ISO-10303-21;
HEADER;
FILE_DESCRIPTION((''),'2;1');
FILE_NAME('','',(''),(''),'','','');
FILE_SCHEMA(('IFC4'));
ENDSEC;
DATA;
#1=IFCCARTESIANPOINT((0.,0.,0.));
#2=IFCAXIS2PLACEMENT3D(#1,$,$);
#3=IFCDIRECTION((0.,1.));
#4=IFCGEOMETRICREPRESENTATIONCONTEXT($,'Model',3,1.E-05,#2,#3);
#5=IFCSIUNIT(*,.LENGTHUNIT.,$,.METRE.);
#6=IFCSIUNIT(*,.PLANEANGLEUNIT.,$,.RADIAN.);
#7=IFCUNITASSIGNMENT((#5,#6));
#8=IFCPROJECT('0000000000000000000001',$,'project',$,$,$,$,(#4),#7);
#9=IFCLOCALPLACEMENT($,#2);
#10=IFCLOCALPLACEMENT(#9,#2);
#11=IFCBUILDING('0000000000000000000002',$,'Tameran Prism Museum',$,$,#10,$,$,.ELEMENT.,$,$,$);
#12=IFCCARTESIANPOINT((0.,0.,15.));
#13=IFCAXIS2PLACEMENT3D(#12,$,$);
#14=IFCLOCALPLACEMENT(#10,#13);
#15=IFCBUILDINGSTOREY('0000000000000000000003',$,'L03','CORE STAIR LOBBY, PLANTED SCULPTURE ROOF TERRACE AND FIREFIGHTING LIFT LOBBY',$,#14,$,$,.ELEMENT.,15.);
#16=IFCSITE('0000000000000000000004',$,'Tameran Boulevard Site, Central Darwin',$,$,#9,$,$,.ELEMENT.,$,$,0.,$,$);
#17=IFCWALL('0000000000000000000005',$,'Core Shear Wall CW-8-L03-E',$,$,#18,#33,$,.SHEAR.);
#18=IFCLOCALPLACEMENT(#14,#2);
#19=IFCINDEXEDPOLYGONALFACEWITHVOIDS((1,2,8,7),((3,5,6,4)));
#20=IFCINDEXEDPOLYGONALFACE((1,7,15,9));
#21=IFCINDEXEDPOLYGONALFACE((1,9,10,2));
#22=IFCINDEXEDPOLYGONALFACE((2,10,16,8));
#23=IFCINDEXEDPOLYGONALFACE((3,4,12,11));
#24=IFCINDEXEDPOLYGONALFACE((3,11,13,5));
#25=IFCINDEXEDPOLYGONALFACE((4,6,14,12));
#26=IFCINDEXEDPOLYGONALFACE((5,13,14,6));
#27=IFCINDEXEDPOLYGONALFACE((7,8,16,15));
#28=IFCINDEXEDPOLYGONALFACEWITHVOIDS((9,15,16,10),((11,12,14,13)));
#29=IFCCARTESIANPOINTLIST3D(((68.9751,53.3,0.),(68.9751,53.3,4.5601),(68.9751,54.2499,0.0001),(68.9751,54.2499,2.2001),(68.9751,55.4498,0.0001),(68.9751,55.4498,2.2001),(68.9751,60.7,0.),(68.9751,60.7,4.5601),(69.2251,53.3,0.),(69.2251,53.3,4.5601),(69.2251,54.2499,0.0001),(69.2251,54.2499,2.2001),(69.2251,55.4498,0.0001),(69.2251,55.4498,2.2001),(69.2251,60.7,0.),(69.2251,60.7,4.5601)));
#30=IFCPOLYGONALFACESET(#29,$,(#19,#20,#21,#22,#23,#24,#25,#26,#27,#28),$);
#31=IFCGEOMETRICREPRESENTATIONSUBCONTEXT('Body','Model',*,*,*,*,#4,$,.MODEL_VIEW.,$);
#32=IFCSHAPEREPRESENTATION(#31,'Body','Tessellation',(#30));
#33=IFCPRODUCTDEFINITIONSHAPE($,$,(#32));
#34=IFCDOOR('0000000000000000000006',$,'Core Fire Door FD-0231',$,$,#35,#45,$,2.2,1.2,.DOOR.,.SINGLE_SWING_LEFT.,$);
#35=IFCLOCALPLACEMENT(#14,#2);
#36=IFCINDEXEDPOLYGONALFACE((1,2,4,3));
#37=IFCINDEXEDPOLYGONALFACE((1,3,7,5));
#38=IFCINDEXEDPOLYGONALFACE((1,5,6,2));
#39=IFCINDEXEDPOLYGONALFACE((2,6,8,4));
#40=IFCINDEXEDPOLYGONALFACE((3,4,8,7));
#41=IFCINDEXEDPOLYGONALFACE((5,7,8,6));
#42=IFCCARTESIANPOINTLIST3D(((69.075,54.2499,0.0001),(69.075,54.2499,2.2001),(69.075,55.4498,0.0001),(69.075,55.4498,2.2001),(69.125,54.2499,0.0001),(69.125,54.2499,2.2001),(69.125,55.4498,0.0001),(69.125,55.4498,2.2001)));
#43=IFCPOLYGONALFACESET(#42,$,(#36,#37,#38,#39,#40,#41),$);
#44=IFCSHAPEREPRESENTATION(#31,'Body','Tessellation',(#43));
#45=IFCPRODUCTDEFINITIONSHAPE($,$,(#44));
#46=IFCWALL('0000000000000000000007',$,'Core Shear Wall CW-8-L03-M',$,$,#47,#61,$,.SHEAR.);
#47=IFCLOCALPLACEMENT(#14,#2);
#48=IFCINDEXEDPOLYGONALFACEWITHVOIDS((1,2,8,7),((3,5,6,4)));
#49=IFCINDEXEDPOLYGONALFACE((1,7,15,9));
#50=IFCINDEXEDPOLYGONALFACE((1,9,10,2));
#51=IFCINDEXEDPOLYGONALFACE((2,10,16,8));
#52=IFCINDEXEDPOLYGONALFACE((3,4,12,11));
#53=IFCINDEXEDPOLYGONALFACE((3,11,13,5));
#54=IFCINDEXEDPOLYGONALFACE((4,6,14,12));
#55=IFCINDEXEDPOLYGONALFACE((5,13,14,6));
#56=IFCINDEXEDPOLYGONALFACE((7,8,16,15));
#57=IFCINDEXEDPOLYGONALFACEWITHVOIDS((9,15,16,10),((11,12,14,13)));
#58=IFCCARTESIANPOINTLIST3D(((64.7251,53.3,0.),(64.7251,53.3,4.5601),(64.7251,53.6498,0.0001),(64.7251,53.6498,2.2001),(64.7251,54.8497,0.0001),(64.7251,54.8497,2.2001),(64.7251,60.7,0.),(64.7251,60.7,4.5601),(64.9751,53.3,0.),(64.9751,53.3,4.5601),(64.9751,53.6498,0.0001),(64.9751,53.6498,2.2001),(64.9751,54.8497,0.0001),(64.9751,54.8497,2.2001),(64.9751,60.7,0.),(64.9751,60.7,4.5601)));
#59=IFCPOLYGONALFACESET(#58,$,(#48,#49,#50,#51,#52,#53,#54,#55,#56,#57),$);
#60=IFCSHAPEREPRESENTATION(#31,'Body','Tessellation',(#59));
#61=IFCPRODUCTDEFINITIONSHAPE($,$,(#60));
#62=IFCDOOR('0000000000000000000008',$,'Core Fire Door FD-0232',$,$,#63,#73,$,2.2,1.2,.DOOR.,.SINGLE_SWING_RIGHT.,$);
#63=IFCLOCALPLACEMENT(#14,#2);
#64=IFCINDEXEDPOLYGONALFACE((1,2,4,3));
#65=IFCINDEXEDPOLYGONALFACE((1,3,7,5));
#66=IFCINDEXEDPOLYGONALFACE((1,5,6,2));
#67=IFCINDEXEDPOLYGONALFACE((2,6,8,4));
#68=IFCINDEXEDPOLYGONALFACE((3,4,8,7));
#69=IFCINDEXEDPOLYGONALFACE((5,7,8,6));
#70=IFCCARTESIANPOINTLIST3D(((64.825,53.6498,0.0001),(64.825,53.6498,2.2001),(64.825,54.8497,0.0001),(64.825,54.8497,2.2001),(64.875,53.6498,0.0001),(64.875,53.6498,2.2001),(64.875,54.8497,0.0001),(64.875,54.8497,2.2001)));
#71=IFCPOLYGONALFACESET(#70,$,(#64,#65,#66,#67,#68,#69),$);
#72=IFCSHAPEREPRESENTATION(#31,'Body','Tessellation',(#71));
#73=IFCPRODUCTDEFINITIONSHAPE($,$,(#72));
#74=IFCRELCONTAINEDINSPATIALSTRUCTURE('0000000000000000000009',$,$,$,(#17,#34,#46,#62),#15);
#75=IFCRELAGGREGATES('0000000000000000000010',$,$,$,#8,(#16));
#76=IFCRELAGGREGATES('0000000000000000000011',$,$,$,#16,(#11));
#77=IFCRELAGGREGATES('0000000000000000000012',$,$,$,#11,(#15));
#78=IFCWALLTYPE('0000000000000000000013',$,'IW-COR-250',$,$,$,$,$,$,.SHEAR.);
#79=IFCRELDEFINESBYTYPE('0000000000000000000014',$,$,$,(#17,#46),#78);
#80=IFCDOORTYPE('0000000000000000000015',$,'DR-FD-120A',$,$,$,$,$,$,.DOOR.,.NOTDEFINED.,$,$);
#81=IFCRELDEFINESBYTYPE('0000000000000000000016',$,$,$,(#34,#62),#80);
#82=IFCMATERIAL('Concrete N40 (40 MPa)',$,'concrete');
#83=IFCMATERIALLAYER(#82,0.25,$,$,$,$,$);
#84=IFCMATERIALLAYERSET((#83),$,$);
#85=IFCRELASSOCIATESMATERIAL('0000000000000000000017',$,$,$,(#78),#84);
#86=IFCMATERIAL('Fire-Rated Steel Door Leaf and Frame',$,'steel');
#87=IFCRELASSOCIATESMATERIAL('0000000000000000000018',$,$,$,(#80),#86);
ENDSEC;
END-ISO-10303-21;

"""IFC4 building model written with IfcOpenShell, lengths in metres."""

from ifc_helpers import new_model, si_unit, direction, frame, frame_2d, origin, place, context, subcontext, project, spatial, rectangle, extrude, material, layer, layer_set, type_object, element, fill, save


model = new_model("IFC4")

# Units and contexts
model_context = context("Model", 3, precision=1e-05, world=origin(), true_north=direction((0.0, 1.0)))
body_context = subcontext(model_context, "Body", "Model", "MODEL_VIEW")
ifc_project = project(units=[si_unit("LENGTHUNIT", "METRE"), si_unit("PLANEANGLEUNIT", "RADIAN")], contexts=[model_context])

# Site, building, storey
site_placement = place(None, origin())
site = spatial("IfcSite", under=ifc_project, at=site_placement, Name="Tameran Boulevard Site, Central Darwin", CompositionType="ELEMENT", RefElevation=0.0)
building_placement = place(site_placement, origin())
building = spatial("IfcBuilding", under=site, at=building_placement, Name="Tameran Prism Museum", CompositionType="ELEMENT")
storey_placement = place(building_placement, frame((0.0, 0.0, 15.0)))
storey = spatial("IfcBuildingStorey", under=building, at=storey_placement, Name="L03", Description="CORE STAIR LOBBY, PLANTED SCULPTURE ROOF TERRACE AND FIREFIGHTING LIFT LOBBY", CompositionType="ELEMENT", Elevation=15.0)

# Walls, openings, doors
ifc_material_1 = material(Name="Concrete N40 (40 MPa)", Category="concrete")
ifc_layer_1 = layer(ifc_material_1, 0.25)
ifc_layer_set_1 = layer_set([ifc_layer_1])
wall_type = type_object("IfcWallType", Name="IW-COR-250", PredefinedType="SHEAR", material=ifc_layer_set_1)
wall_1_placement = place(storey_placement, frame((69.1001, 60.7, 0.0), z_axis=(0.0, 0.0, 1.0), x_axis=(0.0, -1.0, 0.0)))
wall_1 = element("IfcWall", 1, at=wall_1_placement, inside=storey, type_object=wall_type, Name="Core Shear Wall CW-8-L03-E", PredefinedType="SHEAR", context=body_context, shape_type="SweptSolid", body=[
    extrude(rectangle(XDim=7.3999, YDim=0.25, at=frame_2d((3.7, 0.0))), origin(), (0.0, 0.0, 1.0), 4.5601),
])
opening_1_placement = place(wall_1_placement, frame((5.25, 0.0, 0.0)))
opening_1 = element("IfcOpeningElement", 2, at=opening_1_placement, cuts=wall_1, PredefinedType="OPENING", context=body_context, shape_type="SweptSolid", body=[
    extrude(rectangle(XDim=1.2, YDim=2.2, at=frame_2d((0.6001, 1.1001))), frame((0.0, 0.135, 0.0), z_axis=(0.0, -1.0, 0.0), x_axis=(1.0, 0.0, 0.0)), (0.0, 0.0, 1.0), 0.27),
])
ifc_material_2 = material(Name="Fire-Rated Steel Door Leaf and Frame", Category="steel")
door_type = type_object("IfcDoorType", Name="DR-FD-120A", OperationType="NOTDEFINED", PredefinedType="DOOR", material=ifc_material_2)
door_1_placement = place(opening_1_placement, origin())
door_1 = element("IfcDoor", 3, at=door_1_placement, inside=storey, type_object=door_type, Name="Core Fire Door FD-0231", OperationType="SINGLE_SWING_LEFT", OverallHeight=2.2, OverallWidth=1.2, PredefinedType="DOOR", context=body_context, shape_type="SweptSolid", body=[
    extrude(rectangle(XDim=1.2, YDim=2.2, at=frame_2d((0.6001, 1.1001))), frame((0.0, 0.0249, 0.0), z_axis=(0.0, -1.0, 0.0), x_axis=(1.0, 0.0, 0.0)), (0.0, 0.0, 1.0), 0.05),
])
fill(opening_1, door_1)
wall_2_placement = place(storey_placement, frame((64.8501, 60.7, 0.0), z_axis=(0.0, 0.0, 1.0), x_axis=(0.0, -1.0, 0.0)))
wall_2 = element("IfcWall", 4, at=wall_2_placement, inside=storey, type_object=wall_type, Name="Core Shear Wall CW-8-L03-M", PredefinedType="SHEAR", context=body_context, shape_type="SweptSolid", body=[
    extrude(rectangle(XDim=7.3999, YDim=0.25, at=frame_2d((3.7, 0.0))), origin(), (0.0, 0.0, 1.0), 4.5601),
])
opening_2_placement = place(wall_2_placement, frame((5.8501, 0.0, 0.0)))
opening_2 = element("IfcOpeningElement", 5, at=opening_2_placement, cuts=wall_2, PredefinedType="OPENING", context=body_context, shape_type="SweptSolid", body=[
    extrude(rectangle(XDim=1.2, YDim=2.2, at=frame_2d((0.6001, 1.1001))), frame((0.0, 0.135, 0.0), z_axis=(0.0, -1.0, 0.0), x_axis=(1.0, 0.0, 0.0)), (0.0, 0.0, 1.0), 0.27),
])
door_2_placement = place(opening_2_placement, origin())
door_2 = element("IfcDoor", 6, at=door_2_placement, inside=storey, type_object=door_type, Name="Core Fire Door FD-0232", OperationType="SINGLE_SWING_RIGHT", OverallHeight=2.2, OverallWidth=1.2, PredefinedType="DOOR", context=body_context, shape_type="SweptSolid", body=[
    extrude(rectangle(XDim=1.2, YDim=2.2, at=frame_2d((0.6001, 1.1001))), frame((0.0, 0.0249, 0.0), z_axis=(0.0, -1.0, 0.0), x_axis=(1.0, 0.0, 0.0)), (0.0, 0.0, 1.0), 0.05),
])
fill(opening_2, door_2)

save(model, "model.ifc")
